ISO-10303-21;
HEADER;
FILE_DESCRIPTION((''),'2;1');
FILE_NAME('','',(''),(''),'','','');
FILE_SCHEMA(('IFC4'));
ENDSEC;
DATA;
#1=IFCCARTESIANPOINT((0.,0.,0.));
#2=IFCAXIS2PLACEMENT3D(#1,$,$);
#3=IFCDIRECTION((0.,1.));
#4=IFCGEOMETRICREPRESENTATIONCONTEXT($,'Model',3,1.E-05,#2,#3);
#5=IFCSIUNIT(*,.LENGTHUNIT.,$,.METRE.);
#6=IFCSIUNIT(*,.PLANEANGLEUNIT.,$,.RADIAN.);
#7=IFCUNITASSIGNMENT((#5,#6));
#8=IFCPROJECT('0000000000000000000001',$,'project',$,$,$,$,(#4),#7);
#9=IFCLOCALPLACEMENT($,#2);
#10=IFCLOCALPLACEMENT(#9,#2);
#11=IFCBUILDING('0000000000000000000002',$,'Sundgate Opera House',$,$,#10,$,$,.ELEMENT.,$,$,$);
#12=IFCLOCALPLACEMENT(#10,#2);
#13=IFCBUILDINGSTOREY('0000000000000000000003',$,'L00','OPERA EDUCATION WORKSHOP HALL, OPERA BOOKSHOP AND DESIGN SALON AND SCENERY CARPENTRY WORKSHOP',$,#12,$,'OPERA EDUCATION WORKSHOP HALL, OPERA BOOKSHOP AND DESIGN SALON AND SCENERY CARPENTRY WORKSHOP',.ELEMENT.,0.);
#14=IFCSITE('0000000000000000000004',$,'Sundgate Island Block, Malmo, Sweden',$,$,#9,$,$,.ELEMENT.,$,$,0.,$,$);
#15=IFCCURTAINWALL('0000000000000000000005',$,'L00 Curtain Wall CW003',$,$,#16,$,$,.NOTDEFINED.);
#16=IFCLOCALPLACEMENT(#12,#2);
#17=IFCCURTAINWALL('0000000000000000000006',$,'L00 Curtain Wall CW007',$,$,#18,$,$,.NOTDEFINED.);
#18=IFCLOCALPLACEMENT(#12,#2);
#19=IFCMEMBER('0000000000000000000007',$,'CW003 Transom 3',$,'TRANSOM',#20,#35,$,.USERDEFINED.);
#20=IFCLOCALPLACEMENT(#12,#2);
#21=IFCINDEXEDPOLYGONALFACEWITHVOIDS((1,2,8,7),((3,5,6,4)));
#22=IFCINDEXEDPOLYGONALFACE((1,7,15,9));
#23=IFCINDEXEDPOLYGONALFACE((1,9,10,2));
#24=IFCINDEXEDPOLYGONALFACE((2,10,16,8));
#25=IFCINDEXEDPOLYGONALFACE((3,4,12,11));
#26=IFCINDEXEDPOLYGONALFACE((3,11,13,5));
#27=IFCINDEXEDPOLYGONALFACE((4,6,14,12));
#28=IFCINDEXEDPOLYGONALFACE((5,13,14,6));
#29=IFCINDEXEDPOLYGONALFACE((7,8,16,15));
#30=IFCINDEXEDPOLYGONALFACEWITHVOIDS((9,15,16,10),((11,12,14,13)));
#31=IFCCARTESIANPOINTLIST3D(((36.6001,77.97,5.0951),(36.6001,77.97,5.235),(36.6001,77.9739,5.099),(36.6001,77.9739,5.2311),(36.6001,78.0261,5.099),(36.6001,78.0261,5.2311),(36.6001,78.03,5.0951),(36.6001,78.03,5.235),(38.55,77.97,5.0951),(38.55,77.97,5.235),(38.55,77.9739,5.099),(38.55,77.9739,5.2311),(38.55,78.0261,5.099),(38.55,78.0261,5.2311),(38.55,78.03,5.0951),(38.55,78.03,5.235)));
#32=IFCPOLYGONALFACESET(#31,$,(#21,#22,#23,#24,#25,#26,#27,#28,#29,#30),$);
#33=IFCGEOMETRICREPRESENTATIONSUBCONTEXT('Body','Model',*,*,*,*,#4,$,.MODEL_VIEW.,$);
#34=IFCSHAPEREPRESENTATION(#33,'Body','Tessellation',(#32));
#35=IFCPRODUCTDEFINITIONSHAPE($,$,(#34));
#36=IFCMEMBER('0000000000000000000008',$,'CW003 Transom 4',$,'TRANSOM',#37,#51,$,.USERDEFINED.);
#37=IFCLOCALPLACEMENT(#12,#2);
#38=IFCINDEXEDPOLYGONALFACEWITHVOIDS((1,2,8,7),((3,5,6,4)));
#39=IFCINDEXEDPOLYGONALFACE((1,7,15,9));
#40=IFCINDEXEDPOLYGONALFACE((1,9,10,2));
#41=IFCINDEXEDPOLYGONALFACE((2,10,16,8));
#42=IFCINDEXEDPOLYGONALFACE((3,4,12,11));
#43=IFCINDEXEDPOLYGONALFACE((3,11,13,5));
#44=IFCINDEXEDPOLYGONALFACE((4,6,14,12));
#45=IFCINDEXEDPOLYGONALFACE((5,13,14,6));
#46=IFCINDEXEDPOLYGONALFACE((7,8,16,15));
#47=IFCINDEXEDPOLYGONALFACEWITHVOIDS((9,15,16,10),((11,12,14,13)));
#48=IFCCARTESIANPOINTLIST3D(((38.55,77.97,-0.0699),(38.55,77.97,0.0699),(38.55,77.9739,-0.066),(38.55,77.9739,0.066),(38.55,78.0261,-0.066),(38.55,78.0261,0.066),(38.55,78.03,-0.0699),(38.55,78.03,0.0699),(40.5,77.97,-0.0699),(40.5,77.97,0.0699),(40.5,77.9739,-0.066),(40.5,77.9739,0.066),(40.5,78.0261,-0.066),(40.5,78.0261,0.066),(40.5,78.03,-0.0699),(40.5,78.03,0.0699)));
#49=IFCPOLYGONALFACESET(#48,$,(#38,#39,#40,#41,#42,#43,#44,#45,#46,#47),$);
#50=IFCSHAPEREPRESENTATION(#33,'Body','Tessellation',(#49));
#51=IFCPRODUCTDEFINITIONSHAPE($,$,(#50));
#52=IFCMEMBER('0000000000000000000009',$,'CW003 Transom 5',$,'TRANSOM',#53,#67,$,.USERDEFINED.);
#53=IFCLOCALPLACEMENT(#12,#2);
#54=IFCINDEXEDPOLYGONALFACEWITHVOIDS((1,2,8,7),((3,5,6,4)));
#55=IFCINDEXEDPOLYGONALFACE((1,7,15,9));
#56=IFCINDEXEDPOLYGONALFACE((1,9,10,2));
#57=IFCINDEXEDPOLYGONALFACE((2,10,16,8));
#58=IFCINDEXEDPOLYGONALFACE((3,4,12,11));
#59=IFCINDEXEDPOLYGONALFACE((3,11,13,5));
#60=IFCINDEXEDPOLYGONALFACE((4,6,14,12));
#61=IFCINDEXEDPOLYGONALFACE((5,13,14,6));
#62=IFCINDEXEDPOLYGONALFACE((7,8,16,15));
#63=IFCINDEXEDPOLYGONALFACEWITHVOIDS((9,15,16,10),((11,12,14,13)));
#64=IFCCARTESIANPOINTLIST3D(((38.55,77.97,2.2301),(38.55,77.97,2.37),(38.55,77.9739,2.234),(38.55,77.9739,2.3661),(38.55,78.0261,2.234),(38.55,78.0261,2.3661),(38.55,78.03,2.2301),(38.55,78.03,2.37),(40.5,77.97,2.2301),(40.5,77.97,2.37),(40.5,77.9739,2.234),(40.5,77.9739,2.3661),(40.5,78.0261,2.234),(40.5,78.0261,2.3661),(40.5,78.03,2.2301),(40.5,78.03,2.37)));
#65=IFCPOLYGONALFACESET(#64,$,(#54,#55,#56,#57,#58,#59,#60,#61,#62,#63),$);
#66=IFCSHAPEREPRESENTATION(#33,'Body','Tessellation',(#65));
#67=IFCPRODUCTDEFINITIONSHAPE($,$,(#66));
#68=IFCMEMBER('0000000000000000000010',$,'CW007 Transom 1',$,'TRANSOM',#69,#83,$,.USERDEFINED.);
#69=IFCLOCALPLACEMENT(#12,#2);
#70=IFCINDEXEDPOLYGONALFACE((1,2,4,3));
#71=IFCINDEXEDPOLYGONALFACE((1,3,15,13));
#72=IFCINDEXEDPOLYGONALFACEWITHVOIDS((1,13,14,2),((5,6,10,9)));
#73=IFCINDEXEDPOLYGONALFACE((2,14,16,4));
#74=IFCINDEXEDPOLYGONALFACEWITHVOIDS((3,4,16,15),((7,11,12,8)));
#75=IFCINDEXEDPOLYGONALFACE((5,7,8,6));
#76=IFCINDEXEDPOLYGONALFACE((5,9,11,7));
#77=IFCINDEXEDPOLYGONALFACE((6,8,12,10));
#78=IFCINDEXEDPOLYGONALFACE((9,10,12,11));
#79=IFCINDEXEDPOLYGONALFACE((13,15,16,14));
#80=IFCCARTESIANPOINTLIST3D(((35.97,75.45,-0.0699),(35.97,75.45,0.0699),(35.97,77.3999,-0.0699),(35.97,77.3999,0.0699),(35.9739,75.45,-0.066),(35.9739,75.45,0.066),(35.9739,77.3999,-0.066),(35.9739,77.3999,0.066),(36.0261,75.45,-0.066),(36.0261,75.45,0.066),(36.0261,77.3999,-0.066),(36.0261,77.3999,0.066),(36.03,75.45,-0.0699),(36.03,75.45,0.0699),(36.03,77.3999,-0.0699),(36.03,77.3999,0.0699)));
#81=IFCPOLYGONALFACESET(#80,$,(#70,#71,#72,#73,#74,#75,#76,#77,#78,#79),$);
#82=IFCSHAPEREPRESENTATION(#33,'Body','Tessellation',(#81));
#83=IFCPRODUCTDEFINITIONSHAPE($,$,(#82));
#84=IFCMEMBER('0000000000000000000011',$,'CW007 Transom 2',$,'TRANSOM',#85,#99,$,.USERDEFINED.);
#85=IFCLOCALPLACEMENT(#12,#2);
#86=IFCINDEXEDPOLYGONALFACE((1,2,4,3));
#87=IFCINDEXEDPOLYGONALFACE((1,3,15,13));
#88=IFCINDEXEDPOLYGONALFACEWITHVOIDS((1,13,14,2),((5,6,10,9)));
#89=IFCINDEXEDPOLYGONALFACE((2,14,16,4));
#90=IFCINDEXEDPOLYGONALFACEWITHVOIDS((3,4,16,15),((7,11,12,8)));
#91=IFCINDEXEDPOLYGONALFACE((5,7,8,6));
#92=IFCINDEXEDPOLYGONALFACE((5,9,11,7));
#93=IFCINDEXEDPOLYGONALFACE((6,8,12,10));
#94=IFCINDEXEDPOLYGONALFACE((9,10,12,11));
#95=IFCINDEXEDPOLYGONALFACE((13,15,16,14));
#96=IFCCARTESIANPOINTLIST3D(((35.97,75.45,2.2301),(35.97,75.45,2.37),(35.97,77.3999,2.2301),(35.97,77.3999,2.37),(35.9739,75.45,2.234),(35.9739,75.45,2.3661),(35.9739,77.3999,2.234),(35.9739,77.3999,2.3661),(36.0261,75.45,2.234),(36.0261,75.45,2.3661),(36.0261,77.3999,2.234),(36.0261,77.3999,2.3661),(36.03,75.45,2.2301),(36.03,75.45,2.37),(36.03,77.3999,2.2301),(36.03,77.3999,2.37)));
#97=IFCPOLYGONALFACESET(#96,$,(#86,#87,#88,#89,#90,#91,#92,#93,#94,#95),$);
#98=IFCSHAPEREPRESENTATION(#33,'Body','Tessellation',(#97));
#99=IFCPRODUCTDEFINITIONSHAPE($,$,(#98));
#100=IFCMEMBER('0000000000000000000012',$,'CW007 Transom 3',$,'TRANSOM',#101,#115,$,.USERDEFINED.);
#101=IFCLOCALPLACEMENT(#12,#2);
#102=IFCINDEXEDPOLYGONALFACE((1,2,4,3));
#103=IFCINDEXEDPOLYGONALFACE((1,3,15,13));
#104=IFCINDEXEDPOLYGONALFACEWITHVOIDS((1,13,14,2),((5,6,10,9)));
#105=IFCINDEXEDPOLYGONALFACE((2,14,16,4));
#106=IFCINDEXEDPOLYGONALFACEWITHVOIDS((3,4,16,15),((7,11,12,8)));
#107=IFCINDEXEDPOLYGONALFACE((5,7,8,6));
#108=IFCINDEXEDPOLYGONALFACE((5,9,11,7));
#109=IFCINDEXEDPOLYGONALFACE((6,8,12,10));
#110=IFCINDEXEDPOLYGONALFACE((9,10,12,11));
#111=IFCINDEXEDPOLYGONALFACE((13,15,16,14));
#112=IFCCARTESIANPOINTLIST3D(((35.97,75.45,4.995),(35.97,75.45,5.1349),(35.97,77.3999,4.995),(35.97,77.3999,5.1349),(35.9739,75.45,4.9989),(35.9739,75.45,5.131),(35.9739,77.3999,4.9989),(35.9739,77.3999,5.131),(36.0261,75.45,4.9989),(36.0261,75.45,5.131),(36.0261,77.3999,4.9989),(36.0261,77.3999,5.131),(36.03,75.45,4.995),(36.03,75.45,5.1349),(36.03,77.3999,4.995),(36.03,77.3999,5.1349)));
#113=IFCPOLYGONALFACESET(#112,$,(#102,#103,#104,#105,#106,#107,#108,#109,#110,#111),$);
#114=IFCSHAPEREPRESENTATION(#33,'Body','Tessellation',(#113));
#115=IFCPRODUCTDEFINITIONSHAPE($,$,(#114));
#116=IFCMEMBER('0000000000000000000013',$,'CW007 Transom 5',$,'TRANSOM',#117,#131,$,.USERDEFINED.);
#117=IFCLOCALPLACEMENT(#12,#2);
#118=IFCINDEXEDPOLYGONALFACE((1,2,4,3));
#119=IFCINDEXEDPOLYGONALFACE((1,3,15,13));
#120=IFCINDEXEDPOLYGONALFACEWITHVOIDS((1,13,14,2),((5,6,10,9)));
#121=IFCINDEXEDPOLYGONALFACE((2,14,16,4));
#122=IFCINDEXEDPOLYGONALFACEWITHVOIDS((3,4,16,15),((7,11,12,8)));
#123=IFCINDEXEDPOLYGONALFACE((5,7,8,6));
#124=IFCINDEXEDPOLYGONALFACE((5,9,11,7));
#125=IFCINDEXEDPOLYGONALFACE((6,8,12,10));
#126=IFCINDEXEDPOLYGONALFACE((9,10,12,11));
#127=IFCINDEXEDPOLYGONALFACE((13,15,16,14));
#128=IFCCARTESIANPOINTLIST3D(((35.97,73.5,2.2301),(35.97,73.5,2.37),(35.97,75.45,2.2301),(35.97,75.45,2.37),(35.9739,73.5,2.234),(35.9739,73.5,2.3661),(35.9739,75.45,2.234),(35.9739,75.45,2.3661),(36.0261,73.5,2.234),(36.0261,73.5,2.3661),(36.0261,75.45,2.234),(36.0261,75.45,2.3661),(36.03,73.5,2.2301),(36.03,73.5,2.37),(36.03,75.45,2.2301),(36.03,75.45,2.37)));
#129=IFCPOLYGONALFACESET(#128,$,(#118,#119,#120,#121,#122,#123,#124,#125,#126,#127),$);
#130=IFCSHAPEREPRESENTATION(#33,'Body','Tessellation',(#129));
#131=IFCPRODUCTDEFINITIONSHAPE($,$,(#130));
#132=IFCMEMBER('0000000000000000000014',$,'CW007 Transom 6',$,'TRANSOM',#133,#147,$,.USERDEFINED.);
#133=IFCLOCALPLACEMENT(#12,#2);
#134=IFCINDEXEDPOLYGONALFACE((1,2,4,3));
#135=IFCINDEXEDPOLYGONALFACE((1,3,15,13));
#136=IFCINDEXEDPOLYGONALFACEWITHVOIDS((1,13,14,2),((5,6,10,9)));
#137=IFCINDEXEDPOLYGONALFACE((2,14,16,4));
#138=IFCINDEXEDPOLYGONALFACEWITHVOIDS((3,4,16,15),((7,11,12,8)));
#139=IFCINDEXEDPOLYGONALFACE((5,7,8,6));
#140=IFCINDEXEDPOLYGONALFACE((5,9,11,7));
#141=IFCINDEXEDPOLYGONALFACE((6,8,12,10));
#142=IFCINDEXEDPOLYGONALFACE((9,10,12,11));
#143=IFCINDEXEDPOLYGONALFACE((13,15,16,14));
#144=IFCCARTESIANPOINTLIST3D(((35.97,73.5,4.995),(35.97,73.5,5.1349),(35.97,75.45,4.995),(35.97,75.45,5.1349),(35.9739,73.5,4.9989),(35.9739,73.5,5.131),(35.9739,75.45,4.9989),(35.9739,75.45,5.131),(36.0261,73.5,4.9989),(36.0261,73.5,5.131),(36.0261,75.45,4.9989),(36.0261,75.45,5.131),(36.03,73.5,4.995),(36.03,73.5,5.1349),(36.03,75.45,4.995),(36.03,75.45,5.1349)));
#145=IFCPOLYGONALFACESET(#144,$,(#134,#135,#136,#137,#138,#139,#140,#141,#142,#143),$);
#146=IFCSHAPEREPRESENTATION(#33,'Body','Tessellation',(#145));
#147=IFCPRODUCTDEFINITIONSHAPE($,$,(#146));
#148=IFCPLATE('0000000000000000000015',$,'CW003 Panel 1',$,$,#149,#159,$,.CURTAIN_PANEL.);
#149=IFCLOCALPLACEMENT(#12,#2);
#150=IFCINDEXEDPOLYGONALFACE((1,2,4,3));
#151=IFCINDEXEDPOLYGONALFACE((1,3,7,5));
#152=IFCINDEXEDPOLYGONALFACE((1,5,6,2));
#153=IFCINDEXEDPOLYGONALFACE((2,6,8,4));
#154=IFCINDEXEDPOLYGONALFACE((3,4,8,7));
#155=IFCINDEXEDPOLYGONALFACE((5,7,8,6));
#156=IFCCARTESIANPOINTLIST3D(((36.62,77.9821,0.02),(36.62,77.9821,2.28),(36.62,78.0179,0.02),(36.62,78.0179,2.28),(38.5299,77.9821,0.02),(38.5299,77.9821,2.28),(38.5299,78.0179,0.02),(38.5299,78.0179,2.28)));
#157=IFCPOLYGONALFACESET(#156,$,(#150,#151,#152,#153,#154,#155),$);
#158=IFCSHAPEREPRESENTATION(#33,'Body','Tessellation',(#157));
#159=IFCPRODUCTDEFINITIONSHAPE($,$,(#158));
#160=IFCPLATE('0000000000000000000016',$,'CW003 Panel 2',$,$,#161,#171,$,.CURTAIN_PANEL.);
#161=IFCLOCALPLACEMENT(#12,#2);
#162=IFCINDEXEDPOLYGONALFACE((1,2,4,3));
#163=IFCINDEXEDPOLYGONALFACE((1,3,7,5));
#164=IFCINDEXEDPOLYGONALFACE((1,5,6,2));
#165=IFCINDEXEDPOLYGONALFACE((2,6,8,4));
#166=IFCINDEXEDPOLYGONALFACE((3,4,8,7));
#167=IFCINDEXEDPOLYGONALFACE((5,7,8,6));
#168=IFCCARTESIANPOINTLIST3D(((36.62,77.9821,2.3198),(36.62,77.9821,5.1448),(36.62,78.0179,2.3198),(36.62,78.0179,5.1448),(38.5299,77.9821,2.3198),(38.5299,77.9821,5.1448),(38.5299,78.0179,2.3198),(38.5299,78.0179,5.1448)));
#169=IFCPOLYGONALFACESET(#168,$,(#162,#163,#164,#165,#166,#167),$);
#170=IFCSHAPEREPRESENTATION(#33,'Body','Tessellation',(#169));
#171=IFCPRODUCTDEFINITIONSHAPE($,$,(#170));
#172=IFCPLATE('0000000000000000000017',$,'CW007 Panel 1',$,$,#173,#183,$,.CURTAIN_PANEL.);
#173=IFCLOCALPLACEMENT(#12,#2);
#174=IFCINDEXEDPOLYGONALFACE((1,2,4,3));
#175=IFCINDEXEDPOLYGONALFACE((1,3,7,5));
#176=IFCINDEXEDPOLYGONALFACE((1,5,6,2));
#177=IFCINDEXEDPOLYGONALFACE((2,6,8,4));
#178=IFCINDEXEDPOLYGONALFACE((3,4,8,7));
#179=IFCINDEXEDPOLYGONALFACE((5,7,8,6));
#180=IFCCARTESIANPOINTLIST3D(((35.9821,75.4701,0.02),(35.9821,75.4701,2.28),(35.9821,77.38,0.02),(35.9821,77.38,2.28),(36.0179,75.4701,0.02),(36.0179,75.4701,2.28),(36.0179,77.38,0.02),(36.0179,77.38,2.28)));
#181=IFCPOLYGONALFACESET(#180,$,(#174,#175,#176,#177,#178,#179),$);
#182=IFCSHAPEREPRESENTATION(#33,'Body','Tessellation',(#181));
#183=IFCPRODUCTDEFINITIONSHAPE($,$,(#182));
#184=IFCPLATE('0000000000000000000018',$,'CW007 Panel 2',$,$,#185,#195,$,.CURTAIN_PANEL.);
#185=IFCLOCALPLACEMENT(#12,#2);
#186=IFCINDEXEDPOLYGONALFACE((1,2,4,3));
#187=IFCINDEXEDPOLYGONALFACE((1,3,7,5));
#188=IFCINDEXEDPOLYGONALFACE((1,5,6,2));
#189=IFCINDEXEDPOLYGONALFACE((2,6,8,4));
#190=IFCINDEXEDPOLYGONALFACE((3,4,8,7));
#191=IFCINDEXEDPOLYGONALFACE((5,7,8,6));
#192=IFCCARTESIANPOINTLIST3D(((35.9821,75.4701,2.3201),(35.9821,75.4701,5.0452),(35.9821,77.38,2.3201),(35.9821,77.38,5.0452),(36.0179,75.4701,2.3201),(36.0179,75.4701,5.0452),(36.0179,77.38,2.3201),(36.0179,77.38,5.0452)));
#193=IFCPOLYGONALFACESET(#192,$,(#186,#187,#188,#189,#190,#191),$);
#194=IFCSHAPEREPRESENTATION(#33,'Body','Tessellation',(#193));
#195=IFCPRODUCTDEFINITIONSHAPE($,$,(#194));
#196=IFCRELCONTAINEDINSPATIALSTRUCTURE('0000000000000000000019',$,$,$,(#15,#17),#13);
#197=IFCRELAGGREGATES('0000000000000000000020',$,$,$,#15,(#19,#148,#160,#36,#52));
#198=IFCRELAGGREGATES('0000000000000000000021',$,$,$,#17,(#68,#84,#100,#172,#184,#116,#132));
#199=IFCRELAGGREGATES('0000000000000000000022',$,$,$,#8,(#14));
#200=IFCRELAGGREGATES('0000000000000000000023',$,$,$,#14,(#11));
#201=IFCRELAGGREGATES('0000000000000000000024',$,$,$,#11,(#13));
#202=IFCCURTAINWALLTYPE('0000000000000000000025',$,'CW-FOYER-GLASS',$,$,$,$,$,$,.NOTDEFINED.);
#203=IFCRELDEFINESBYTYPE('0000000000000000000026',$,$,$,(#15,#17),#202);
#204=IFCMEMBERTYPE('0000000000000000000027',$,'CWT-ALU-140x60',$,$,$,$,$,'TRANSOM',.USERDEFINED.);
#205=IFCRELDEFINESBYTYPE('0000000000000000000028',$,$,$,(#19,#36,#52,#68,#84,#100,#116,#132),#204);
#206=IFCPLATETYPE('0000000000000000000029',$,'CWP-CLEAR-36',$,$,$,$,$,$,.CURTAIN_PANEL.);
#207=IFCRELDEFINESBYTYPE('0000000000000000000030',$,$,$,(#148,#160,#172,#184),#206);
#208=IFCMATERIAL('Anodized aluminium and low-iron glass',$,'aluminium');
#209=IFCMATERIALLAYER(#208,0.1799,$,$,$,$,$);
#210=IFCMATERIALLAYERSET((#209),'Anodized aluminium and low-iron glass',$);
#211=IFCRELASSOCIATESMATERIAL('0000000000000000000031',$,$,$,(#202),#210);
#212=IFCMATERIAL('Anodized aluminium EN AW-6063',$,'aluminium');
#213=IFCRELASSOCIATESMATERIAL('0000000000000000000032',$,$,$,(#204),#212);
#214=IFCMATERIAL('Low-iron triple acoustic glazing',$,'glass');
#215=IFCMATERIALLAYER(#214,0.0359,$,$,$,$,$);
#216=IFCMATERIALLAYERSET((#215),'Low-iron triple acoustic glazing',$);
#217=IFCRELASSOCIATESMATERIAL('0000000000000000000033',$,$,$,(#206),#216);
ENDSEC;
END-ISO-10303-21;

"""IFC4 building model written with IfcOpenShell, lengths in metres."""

from ifc_helpers import new_model, si_unit, direction, frame, origin, origin_2d, place, context, subcontext, project, spatial, rectangle, hollow_rectangle, extrude, material, layer, layer_set, material_profile, profile_set, type_object, element, aggregate, save


model = new_model("IFC4")

# Units and contexts
model_context = context("Model", 3, precision=1e-05, world=origin(), true_north=direction((0.0, 1.0)))
body_context = subcontext(model_context, "Body", "Model", "MODEL_VIEW")
ifc_project = project(units=[si_unit("LENGTHUNIT", "METRE"), si_unit("PLANEANGLEUNIT", "RADIAN")], contexts=[model_context])

# Site, building, storey
site_placement = place(None, origin())
site = spatial("IfcSite", under=ifc_project, at=site_placement, Name="Sundgate Island Block, Malmo, Sweden", CompositionType="ELEMENT", RefElevation=0.0)
building_placement = place(site_placement, origin())
building = spatial("IfcBuilding", under=site, at=building_placement, Name="Sundgate Opera House", CompositionType="ELEMENT")
storey_placement = place(building_placement, origin())
storey = spatial("IfcBuildingStorey", under=building, at=storey_placement, Name="L00", Description="OPERA EDUCATION WORKSHOP HALL, OPERA BOOKSHOP AND DESIGN SALON AND SCENERY CARPENTRY WORKSHOP", LongName="OPERA EDUCATION WORKSHOP HALL, OPERA BOOKSHOP AND DESIGN SALON AND SCENERY CARPENTRY WORKSHOP", CompositionType="ELEMENT", Elevation=0.0)

# Curtain wall
ifc_material_1 = material(Name="Anodized aluminium and low-iron glass", Category="aluminium")
ifc_layer_1 = layer(ifc_material_1, 0.1799)
ifc_layer_set_1 = layer_set([ifc_layer_1], Name="Anodized aluminium and low-iron glass")
curtain_wall_type = type_object("IfcCurtainWallType", Name="CW-FOYER-GLASS", PredefinedType="NOTDEFINED", material=ifc_layer_set_1)
curtain_wall_1_placement = place(storey_placement, origin())
curtain_wall_1 = element("IfcCurtainWall", 1, at=curtain_wall_1_placement, inside=storey, type_object=curtain_wall_type, Name="L00 Curtain Wall CW003", PredefinedType="NOTDEFINED")

# Curtain wall
curtain_wall_2_placement = place(storey_placement, origin())
curtain_wall_2 = element("IfcCurtainWall", 2, at=curtain_wall_2_placement, inside=storey, type_object=curtain_wall_type, Name="L00 Curtain Wall CW007", PredefinedType="NOTDEFINED")

# Members
ifc_material_2 = material(Name="Anodized aluminium EN AW-6063", Category="aluminium")
ifc_material_profile_1 = material_profile(ifc_material_2, hollow_rectangle(XDim=0.0601, YDim=0.1399, WallThickness=0.0039, at=origin_2d()), Name="CWT 140x60x4")
ifc_profile_set_1 = profile_set([ifc_material_profile_1], Name="Anodized aluminium EN AW-6063")
member_type_1 = type_object("IfcMemberType", Name="CWT-ALU-140x60", ElementType="TRANSOM", PredefinedType="USERDEFINED", material=ifc_profile_set_1)
member_1_placement = place(storey_placement, frame((36.6001, 78.0, 5.165), z_axis=(1.0, 0.0, 0.0), x_axis=(0.0, 1.0, 0.0)))
member_1 = element("IfcMember", 3, at=member_1_placement, type_object=member_type_1, Name="CW003 Transom 3", ObjectType="TRANSOM", PredefinedType="USERDEFINED", context=body_context, shape_type="SweptSolid", body=[
    extrude(hollow_rectangle(XDim=0.0601, YDim=0.1399, WallThickness=0.0039, at=origin_2d()), origin(), (0.0, 0.0, 1.0), 1.95),
])
member_2_placement = place(storey_placement, frame((38.55, 78.0, 0.0), z_axis=(1.0, 0.0, 0.0), x_axis=(0.0, 1.0, 0.0)))
member_2 = element("IfcMember", 4, at=member_2_placement, type_object=member_type_1, Name="CW003 Transom 4", ObjectType="TRANSOM", PredefinedType="USERDEFINED", context=body_context, shape_type="SweptSolid", body=[
    extrude(hollow_rectangle(XDim=0.0601, YDim=0.1399, WallThickness=0.0039, at=origin_2d()), origin(), (0.0, 0.0, 1.0), 1.95),
])
member_3_placement = place(storey_placement, frame((38.55, 78.0, 2.3), z_axis=(1.0, 0.0, 0.0), x_axis=(0.0, 1.0, 0.0)))
member_3 = element("IfcMember", 5, at=member_3_placement, type_object=member_type_1, Name="CW003 Transom 5", ObjectType="TRANSOM", PredefinedType="USERDEFINED", context=body_context, shape_type="SweptSolid", body=[
    extrude(hollow_rectangle(XDim=0.0601, YDim=0.1399, WallThickness=0.0039, at=origin_2d()), origin(), (0.0, 0.0, 1.0), 1.95),
])
member_4_placement = place(storey_placement, frame((36.0, 77.3999, 0.0), z_axis=(0.0, -1.0, 0.0), x_axis=(1.0, 0.0, 0.0)))
member_4 = element("IfcMember", 6, at=member_4_placement, type_object=member_type_1, Name="CW007 Transom 1", ObjectType="TRANSOM", PredefinedType="USERDEFINED", context=body_context, shape_type="SweptSolid", body=[
    extrude(hollow_rectangle(XDim=0.0601, YDim=0.1399, WallThickness=0.0039, at=origin_2d()), origin(), (0.0, 0.0, 1.0), 1.95),
])
member_5_placement = place(storey_placement, frame((36.0, 77.3999, 2.3), z_axis=(0.0, -1.0, 0.0), x_axis=(1.0, 0.0, 0.0)))
member_5 = element("IfcMember", 7, at=member_5_placement, type_object=member_type_1, Name="CW007 Transom 2", ObjectType="TRANSOM", PredefinedType="USERDEFINED", context=body_context, shape_type="SweptSolid", body=[
    extrude(hollow_rectangle(XDim=0.0601, YDim=0.1399, WallThickness=0.0039, at=origin_2d()), origin(), (0.0, 0.0, 1.0), 1.95),
])
member_6_placement = place(storey_placement, frame((36.0, 77.3999, 5.0649), z_axis=(0.0, -1.0, 0.0), x_axis=(1.0, 0.0, 0.0)))
member_6 = element("IfcMember", 8, at=member_6_placement, type_object=member_type_1, Name="CW007 Transom 3", ObjectType="TRANSOM", PredefinedType="USERDEFINED", context=body_context, shape_type="SweptSolid", body=[
    extrude(hollow_rectangle(XDim=0.0601, YDim=0.1399, WallThickness=0.0039, at=origin_2d()), origin(), (0.0, 0.0, 1.0), 1.95),
])
member_7_placement = place(storey_placement, frame((36.0, 75.45, 2.3), z_axis=(0.0, -1.0, 0.0), x_axis=(1.0, 0.0, 0.0)))
member_7 = element("IfcMember", 9, at=member_7_placement, type_object=member_type_1, Name="CW007 Transom 5", ObjectType="TRANSOM", PredefinedType="USERDEFINED", context=body_context, shape_type="SweptSolid", body=[
    extrude(hollow_rectangle(XDim=0.0601, YDim=0.1399, WallThickness=0.0039, at=origin_2d()), origin(), (0.0, 0.0, 1.0), 1.95),
])
member_8_placement = place(storey_placement, frame((36.0, 75.45, 5.0649), z_axis=(0.0, -1.0, 0.0), x_axis=(1.0, 0.0, 0.0)))
member_8 = element("IfcMember", 10, at=member_8_placement, type_object=member_type_1, Name="CW007 Transom 6", ObjectType="TRANSOM", PredefinedType="USERDEFINED", context=body_context, shape_type="SweptSolid", body=[
    extrude(hollow_rectangle(XDim=0.0601, YDim=0.1399, WallThickness=0.0039, at=origin_2d()), origin(), (0.0, 0.0, 1.0), 1.95),
])

# Plates
ifc_material_3 = material(Name="Low-iron triple acoustic glazing", Category="glass")
ifc_layer_2 = layer(ifc_material_3, 0.0359)
ifc_layer_set_2 = layer_set([ifc_layer_2], Name="Low-iron triple acoustic glazing")
plate_type = type_object("IfcPlateType", Name="CWP-CLEAR-36", PredefinedType="CURTAIN_PANEL", material=ifc_layer_set_2)
plate_1_placement = place(storey_placement, frame((37.575, 78.0, 0.02), z_axis=(0.0, 0.0, 1.0), x_axis=(1.0, 0.0, 0.0)))
plate_1 = element("IfcPlate", 11, at=plate_1_placement, type_object=plate_type, Name="CW003 Panel 1", PredefinedType="CURTAIN_PANEL", context=body_context, shape_type="SweptSolid", body=[
    extrude(rectangle(XDim=1.9099, YDim=0.0359, at=origin_2d()), origin(), (0.0, 0.0, 1.0), 2.26),
])
plate_2_placement = place(storey_placement, frame((37.575, 78.0, 2.3198), z_axis=(0.0, 0.0, 1.0), x_axis=(1.0, 0.0, 0.0)))
plate_2 = element("IfcPlate", 12, at=plate_2_placement, type_object=plate_type, Name="CW003 Panel 2", PredefinedType="CURTAIN_PANEL", context=body_context, shape_type="SweptSolid", body=[
    extrude(rectangle(XDim=1.9099, YDim=0.0359, at=origin_2d()), origin(), (0.0, 0.0, 1.0), 2.825),
])
aggregate(curtain_wall_1, [member_1, plate_1, plate_2, member_2, member_3])
plate_3_placement = place(storey_placement, frame((36.0, 76.425, 0.02), z_axis=(0.0, 0.0, 1.0), x_axis=(0.0, -1.0, 0.0)))
plate_3 = element("IfcPlate", 13, at=plate_3_placement, type_object=plate_type, Name="CW007 Panel 1", PredefinedType="CURTAIN_PANEL", context=body_context, shape_type="SweptSolid", body=[
    extrude(rectangle(XDim=1.9099, YDim=0.0359, at=origin_2d()), origin(), (0.0, 0.0, 1.0), 2.26),
])
plate_4_placement = place(storey_placement, frame((36.0, 76.425, 2.3201), z_axis=(0.0, 0.0, 1.0), x_axis=(0.0, -1.0, 0.0)))
plate_4 = element("IfcPlate", 14, at=plate_4_placement, type_object=plate_type, Name="CW007 Panel 2", PredefinedType="CURTAIN_PANEL", context=body_context, shape_type="SweptSolid", body=[
    extrude(rectangle(XDim=1.9099, YDim=0.0359, at=origin_2d()), origin(), (0.0, 0.0, 1.0), 2.7251),
])
aggregate(curtain_wall_2, [member_4, member_5, member_6, plate_3, plate_4, member_7, member_8])

save(model, "model.ifc")
